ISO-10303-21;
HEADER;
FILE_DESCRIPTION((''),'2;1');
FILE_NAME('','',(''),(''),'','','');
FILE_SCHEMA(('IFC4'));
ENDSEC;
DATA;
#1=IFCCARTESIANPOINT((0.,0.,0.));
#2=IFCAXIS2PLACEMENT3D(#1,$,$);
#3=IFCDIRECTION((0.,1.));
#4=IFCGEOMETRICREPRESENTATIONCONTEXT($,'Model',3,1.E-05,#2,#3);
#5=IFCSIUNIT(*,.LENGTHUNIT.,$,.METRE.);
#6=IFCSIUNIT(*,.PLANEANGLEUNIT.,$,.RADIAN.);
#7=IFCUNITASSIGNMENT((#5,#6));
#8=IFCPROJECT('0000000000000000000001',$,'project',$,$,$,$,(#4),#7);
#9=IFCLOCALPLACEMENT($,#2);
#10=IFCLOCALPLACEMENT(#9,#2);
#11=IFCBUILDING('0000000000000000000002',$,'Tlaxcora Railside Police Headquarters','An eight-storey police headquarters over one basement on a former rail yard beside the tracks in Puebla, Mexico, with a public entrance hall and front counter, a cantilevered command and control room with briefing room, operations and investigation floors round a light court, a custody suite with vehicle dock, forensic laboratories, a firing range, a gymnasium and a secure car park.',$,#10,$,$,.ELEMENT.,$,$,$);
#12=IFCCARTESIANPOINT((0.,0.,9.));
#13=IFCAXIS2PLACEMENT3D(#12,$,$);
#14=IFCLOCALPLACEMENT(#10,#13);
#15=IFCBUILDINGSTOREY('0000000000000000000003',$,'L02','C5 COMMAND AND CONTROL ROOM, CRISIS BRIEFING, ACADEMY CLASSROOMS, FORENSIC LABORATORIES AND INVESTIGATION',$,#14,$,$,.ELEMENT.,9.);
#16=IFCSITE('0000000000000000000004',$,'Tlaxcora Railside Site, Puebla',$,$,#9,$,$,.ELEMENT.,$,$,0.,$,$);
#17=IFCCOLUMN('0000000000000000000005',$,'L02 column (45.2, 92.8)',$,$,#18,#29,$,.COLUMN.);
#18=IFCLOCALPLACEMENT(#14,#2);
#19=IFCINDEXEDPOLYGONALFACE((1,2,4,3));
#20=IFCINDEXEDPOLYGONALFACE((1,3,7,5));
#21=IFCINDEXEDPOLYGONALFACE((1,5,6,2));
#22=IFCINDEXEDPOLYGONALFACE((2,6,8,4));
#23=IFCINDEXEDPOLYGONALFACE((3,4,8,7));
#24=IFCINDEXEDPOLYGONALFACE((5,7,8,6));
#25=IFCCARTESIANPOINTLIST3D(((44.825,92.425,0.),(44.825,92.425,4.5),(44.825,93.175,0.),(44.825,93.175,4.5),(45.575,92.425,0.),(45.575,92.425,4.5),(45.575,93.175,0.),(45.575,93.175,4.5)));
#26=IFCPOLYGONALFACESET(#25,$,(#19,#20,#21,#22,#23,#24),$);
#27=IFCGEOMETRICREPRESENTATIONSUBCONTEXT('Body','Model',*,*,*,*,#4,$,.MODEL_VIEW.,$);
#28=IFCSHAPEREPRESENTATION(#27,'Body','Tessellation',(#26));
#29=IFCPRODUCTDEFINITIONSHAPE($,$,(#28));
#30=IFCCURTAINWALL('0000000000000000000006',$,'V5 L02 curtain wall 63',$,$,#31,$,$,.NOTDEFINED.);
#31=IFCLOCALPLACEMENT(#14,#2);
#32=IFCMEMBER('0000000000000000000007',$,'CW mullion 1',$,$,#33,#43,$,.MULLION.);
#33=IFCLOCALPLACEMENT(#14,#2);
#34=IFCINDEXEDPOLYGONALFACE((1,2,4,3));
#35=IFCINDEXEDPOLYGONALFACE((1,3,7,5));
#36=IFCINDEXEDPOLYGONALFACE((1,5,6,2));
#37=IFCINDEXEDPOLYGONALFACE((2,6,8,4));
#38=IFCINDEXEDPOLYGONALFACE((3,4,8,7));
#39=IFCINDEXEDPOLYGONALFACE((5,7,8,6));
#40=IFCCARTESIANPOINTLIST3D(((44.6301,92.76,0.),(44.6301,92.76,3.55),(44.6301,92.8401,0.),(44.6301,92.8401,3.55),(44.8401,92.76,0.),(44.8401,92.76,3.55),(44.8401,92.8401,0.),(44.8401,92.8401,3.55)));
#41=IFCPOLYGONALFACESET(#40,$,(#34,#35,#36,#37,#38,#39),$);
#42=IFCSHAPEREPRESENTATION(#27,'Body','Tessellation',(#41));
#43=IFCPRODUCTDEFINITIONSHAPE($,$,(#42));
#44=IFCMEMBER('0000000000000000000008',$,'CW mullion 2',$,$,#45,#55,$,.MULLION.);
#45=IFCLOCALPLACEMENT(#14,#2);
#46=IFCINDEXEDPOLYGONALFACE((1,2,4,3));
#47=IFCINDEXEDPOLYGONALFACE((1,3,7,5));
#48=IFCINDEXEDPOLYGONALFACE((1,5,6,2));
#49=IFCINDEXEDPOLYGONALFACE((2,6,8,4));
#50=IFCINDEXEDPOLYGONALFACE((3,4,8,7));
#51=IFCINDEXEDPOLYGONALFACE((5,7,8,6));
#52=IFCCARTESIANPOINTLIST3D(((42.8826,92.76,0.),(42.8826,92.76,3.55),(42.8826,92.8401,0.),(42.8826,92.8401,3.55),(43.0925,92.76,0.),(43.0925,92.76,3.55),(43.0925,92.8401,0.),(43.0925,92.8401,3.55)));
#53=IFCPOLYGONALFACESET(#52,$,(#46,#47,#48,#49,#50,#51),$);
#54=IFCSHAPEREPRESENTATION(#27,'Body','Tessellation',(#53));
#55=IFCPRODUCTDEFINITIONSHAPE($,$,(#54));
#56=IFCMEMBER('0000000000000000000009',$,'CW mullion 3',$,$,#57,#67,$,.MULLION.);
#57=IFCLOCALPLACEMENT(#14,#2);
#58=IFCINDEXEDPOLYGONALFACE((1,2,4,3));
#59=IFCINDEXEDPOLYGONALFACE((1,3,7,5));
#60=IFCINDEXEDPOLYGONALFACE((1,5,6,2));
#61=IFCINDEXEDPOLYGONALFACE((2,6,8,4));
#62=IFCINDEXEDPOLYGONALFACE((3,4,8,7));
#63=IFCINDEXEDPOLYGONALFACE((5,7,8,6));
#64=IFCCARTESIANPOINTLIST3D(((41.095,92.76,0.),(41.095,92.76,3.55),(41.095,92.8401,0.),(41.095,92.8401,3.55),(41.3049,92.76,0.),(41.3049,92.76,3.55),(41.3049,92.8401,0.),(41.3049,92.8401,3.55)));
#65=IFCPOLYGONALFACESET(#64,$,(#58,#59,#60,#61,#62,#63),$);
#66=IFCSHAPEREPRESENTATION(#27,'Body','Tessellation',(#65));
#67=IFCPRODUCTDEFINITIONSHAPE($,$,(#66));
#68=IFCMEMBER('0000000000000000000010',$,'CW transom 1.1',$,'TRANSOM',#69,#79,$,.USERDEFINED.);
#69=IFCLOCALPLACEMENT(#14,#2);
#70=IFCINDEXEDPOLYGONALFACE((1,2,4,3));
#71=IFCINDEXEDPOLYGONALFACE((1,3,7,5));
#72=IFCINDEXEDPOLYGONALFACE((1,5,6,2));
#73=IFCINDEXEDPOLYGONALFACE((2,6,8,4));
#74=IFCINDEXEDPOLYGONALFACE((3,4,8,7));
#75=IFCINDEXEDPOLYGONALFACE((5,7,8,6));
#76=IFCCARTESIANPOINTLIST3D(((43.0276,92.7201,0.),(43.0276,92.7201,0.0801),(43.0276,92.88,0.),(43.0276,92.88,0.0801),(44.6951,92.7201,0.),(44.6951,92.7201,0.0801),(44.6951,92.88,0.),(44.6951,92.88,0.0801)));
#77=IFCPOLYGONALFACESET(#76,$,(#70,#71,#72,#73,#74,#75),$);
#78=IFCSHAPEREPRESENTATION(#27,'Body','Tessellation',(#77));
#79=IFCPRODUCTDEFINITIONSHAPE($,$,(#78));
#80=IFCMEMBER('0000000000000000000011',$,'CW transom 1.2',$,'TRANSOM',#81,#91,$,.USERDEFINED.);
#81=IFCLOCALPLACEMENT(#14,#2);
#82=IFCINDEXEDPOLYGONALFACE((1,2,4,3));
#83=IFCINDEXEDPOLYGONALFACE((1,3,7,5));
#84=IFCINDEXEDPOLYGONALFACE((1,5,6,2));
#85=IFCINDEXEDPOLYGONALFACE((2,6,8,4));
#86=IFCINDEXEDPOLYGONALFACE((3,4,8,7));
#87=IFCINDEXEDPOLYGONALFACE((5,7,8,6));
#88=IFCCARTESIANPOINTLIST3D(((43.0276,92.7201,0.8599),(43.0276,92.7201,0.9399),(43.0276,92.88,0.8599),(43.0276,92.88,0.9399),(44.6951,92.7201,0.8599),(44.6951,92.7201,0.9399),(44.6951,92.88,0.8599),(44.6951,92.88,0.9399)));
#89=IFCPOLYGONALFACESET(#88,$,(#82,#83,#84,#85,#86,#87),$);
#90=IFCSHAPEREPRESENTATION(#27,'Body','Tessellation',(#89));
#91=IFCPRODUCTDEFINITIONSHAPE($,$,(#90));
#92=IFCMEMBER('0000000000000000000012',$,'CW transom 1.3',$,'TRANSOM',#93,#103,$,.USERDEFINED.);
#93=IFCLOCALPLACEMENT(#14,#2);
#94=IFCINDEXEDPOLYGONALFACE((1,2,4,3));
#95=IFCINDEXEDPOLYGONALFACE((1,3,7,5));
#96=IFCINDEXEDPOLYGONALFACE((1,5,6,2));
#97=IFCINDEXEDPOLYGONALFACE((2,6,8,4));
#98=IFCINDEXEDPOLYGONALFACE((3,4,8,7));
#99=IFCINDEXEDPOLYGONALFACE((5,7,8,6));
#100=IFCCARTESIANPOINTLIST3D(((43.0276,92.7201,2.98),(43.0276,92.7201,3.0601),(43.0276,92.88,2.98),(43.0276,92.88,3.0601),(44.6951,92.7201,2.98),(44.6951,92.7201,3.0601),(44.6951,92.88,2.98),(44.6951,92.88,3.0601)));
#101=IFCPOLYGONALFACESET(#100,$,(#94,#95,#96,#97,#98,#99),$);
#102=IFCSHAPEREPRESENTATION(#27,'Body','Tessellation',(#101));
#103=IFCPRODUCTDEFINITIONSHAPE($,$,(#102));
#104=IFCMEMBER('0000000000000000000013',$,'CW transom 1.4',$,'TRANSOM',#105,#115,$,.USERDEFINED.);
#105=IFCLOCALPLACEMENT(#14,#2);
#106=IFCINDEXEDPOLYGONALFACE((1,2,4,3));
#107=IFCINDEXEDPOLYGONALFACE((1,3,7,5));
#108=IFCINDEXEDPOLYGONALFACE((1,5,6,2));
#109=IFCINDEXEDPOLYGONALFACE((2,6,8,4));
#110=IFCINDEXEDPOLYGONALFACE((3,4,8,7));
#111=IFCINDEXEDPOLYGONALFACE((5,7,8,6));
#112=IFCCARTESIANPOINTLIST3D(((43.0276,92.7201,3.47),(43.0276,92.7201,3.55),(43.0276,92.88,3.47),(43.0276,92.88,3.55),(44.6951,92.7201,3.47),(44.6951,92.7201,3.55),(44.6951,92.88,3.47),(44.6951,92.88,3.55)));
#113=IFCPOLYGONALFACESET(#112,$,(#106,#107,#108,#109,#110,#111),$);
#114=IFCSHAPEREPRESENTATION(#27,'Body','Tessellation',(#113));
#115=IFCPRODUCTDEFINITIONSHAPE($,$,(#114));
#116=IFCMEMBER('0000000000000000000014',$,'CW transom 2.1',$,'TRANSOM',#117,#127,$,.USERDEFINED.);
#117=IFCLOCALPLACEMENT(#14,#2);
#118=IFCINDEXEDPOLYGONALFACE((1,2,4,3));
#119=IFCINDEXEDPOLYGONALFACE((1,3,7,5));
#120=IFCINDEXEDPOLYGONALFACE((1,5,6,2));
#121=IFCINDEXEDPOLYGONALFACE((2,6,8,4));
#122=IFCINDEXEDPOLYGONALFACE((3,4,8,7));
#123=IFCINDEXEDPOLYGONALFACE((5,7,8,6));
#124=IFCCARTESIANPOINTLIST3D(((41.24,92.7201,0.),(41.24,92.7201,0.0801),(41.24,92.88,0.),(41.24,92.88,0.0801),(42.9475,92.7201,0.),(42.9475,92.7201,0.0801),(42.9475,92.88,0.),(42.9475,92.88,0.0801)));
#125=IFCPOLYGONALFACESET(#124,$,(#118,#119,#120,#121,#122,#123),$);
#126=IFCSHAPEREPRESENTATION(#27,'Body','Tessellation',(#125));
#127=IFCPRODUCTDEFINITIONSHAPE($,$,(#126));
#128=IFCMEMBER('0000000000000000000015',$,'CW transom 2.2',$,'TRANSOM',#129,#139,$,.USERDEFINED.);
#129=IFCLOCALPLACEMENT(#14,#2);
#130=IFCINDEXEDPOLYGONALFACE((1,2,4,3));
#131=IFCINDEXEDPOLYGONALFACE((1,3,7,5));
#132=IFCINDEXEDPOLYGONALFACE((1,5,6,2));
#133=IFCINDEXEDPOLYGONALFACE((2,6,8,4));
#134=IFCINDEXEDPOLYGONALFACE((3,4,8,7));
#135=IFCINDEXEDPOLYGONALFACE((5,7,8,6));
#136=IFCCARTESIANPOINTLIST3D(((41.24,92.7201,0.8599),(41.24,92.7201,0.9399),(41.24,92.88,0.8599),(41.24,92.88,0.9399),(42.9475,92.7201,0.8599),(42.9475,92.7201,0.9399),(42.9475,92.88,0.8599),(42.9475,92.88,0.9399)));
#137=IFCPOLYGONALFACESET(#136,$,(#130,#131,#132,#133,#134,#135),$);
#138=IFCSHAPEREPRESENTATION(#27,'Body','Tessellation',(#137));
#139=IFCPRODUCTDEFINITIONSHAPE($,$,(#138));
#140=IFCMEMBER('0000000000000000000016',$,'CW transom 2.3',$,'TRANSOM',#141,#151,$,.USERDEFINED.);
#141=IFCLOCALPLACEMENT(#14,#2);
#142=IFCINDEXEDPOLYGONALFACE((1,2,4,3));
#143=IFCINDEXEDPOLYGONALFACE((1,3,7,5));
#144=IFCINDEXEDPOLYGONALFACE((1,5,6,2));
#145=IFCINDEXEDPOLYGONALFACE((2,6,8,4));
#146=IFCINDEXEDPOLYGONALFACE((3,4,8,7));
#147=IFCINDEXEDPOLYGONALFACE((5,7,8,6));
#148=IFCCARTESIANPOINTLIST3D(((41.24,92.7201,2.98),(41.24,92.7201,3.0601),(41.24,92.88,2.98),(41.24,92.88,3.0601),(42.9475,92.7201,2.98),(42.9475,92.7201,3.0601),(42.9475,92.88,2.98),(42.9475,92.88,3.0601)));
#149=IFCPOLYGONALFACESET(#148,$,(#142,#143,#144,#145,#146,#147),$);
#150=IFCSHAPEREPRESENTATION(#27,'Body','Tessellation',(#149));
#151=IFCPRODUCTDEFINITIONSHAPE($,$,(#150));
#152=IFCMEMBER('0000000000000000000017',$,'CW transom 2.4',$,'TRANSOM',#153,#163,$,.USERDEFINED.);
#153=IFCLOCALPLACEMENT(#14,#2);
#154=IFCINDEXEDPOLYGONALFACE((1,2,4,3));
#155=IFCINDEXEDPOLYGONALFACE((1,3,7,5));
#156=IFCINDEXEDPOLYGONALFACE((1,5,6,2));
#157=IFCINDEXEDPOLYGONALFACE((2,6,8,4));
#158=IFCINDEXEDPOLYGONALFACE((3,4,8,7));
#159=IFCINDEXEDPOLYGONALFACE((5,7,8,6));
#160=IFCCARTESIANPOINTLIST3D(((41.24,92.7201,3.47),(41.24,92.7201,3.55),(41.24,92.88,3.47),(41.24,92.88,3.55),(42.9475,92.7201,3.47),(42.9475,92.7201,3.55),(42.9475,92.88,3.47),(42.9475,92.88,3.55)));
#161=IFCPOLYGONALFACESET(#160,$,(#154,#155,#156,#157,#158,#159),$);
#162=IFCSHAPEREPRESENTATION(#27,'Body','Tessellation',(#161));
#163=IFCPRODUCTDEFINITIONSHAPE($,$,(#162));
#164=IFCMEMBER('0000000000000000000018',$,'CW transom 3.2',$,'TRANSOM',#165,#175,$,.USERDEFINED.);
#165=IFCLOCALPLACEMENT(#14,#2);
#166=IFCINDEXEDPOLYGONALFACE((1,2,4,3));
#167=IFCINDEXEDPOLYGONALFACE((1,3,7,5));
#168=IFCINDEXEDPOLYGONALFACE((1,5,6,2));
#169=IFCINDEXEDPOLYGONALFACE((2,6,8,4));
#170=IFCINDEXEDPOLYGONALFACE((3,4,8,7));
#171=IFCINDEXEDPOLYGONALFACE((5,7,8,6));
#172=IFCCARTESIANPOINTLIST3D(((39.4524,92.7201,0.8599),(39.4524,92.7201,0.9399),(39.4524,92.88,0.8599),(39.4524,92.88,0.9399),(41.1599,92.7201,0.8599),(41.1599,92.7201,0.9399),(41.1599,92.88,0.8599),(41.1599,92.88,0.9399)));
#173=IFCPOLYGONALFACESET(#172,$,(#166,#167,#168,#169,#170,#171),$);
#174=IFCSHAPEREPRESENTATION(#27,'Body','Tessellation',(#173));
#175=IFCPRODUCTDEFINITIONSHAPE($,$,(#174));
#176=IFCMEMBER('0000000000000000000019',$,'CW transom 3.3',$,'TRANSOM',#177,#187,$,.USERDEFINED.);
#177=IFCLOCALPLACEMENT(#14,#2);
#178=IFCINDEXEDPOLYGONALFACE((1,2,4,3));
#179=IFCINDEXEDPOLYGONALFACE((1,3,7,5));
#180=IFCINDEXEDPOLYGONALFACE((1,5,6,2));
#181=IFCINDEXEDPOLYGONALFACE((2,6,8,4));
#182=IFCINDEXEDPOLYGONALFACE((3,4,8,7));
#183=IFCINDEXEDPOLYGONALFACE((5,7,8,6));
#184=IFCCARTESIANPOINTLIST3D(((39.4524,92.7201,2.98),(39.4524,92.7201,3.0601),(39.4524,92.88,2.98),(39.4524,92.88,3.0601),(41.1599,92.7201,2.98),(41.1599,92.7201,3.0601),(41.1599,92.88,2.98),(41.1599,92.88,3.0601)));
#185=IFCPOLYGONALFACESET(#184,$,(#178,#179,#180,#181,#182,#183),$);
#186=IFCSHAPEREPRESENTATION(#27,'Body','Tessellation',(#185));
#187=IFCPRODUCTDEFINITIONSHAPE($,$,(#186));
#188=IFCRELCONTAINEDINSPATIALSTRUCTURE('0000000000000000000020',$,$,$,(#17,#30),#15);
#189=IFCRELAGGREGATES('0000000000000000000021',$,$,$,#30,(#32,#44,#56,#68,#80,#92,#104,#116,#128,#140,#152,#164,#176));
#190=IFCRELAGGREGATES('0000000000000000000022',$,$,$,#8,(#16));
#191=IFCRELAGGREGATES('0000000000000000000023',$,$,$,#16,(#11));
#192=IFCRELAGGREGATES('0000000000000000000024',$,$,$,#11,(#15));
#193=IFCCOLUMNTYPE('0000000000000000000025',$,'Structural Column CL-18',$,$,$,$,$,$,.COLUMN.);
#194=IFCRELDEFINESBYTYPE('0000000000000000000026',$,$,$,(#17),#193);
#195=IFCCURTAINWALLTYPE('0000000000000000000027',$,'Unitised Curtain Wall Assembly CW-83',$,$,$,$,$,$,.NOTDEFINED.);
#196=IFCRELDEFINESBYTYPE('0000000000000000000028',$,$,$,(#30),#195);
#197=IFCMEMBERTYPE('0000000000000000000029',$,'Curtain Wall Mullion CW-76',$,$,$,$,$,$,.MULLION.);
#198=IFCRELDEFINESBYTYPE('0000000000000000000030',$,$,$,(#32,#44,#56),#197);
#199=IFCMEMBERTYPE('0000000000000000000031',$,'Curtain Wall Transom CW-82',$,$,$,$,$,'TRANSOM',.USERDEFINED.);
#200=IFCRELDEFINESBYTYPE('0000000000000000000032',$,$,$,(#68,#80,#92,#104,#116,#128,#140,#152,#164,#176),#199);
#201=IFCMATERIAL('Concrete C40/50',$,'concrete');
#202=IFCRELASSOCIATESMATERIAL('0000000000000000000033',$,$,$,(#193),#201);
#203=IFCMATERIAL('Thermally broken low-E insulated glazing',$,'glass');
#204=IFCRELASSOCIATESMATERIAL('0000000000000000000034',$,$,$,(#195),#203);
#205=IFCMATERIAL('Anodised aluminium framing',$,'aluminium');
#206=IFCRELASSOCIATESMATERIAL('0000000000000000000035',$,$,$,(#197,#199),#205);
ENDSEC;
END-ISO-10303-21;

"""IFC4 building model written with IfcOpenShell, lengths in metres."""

from ifc_helpers import new_model, si_unit, direction, frame, origin, origin_2d, place, context, subcontext, project, spatial, rectangle, extrude, material, material_profile, profile_set, type_object, element, aggregate, save


model = new_model("IFC4")

# Units and contexts
model_context = context("Model", 3, precision=1e-05, world=origin(), true_north=direction((0.0, 1.0)))
body_context = subcontext(model_context, "Body", "Model", "MODEL_VIEW")
ifc_project = project(units=[si_unit("LENGTHUNIT", "METRE"), si_unit("PLANEANGLEUNIT", "RADIAN")], contexts=[model_context])

# Site, building, storey
site_placement = place(None, origin())
site = spatial("IfcSite", under=ifc_project, at=site_placement, Name="Tlaxcora Railside Site, Puebla", CompositionType="ELEMENT", RefElevation=0.0)
building_placement = place(site_placement, origin())
building = spatial("IfcBuilding", under=site, at=building_placement, Name="Tlaxcora Railside Police Headquarters", Description="An eight-storey police headquarters over one basement on a former rail yard beside the tracks in Puebla, Mexico, with a public entrance hall and front counter, a cantilevered command and control room with briefing room, operations and investigation floors round a light court, a custody suite with vehicle dock, forensic laboratories, a firing range, a gymnasium and a secure car park.", CompositionType="ELEMENT")
storey_placement = place(building_placement, frame((0.0, 0.0, 9.0)))
storey = spatial("IfcBuildingStorey", under=building, at=storey_placement, Name="L02", Description="C5 COMMAND AND CONTROL ROOM, CRISIS BRIEFING, ACADEMY CLASSROOMS, FORENSIC LABORATORIES AND INVESTIGATION", CompositionType="ELEMENT", Elevation=9.0)

# Column
ifc_material_1 = material(Name="Concrete C40/50", Category="concrete")
ifc_material_profile_1 = material_profile(ifc_material_1, rectangle(XDim=0.75, YDim=0.75, at=origin_2d()), Name="RC750X750")
ifc_profile_set_1 = profile_set([ifc_material_profile_1], Name="Concrete C40/50")
column_type = type_object("IfcColumnType", Name="Structural Column CL-18", PredefinedType="COLUMN", material=ifc_profile_set_1)
column_placement = place(storey_placement, frame((45.2, 92.8, 0.0), z_axis=(0.0, 0.0, 1.0), x_axis=(1.0, 0.0, 0.0)))
element("IfcColumn", 1, at=column_placement, inside=storey, type_object=column_type, Name="L02 column (45.2, 92.8)", PredefinedType="COLUMN", context=body_context, shape_type="SweptSolid", body=[
    extrude(rectangle(XDim=0.75, YDim=0.75, at=origin_2d()), origin(), (0.0, 0.0, 1.0), 4.5),
])

# Curtain wall, members
ifc_material_2 = material(Name="Thermally broken low-E insulated glazing", Category="glass")
curtain_wall_type = type_object("IfcCurtainWallType", Name="Unitised Curtain Wall Assembly CW-83", PredefinedType="NOTDEFINED", material=ifc_material_2)
curtain_wall_placement = place(storey_placement, origin())
curtain_wall = element("IfcCurtainWall", 2, at=curtain_wall_placement, inside=storey, type_object=curtain_wall_type, Name="V5 L02 curtain wall 63", PredefinedType="NOTDEFINED")
ifc_material_3 = material(Name="Anodised aluminium framing", Category="aluminium")
ifc_material_profile_2 = material_profile(ifc_material_3, rectangle(XDim=0.0801, YDim=0.21, at=origin_2d()), Name="AL80X210")
ifc_profile_set_2 = profile_set([ifc_material_profile_2], Name="Anodised aluminium framing")
member_type_1 = type_object("IfcMemberType", Name="Curtain Wall Mullion CW-76", PredefinedType="MULLION", material=ifc_profile_set_2)
member_1_placement = place(storey_placement, frame((44.7351, 92.8, 0.0), z_axis=(0.0, 0.0, 1.0), x_axis=(0.0, -1.0, 0.0)))
member_1 = element("IfcMember", 3, at=member_1_placement, type_object=member_type_1, Name="CW mullion 1", PredefinedType="MULLION", context=body_context, shape_type="SweptSolid", body=[
    extrude(rectangle(XDim=0.0801, YDim=0.21, at=origin_2d()), origin(), (0.0, 0.0, 1.0), 3.55),
])
member_2_placement = place(storey_placement, frame((42.9875, 92.8, 0.0), z_axis=(0.0, 0.0, 1.0), x_axis=(0.0, -1.0, 0.0)))
member_2 = element("IfcMember", 4, at=member_2_placement, type_object=member_type_1, Name="CW mullion 2", PredefinedType="MULLION", context=body_context, shape_type="SweptSolid", body=[
    extrude(rectangle(XDim=0.0801, YDim=0.21, at=origin_2d()), origin(), (0.0, 0.0, 1.0), 3.55),
])
member_3_placement = place(storey_placement, frame((41.2, 92.8, 0.0), z_axis=(0.0, 0.0, 1.0), x_axis=(0.0, -1.0, 0.0)))
member_3 = element("IfcMember", 5, at=member_3_placement, type_object=member_type_1, Name="CW mullion 3", PredefinedType="MULLION", context=body_context, shape_type="SweptSolid", body=[
    extrude(rectangle(XDim=0.0801, YDim=0.21, at=origin_2d()), origin(), (0.0, 0.0, 1.0), 3.55),
])
ifc_material_profile_3 = material_profile(ifc_material_3, rectangle(XDim=0.1599, YDim=0.0801, at=origin_2d()), Name="AL80X160")
ifc_profile_set_3 = profile_set([ifc_material_profile_3], Name="Anodised aluminium framing")
member_type_2 = type_object("IfcMemberType", Name="Curtain Wall Transom CW-82", ElementType="TRANSOM", PredefinedType="USERDEFINED", material=ifc_profile_set_3)
member_4_placement = place(storey_placement, frame((44.6951, 92.8, 0.04), z_axis=(-1.0, 0.0, 0.0), x_axis=(0.0, -1.0, 0.0)))
member_4 = element("IfcMember", 6, at=member_4_placement, type_object=member_type_2, Name="CW transom 1.1", ObjectType="TRANSOM", PredefinedType="USERDEFINED", context=body_context, shape_type="SweptSolid", body=[
    extrude(rectangle(XDim=0.1599, YDim=0.0801, at=origin_2d()), origin(), (0.0, 0.0, 1.0), 1.6675),
])
member_5_placement = place(storey_placement, frame((44.6951, 92.8, 0.8999), z_axis=(-1.0, 0.0, 0.0), x_axis=(0.0, -1.0, 0.0)))
member_5 = element("IfcMember", 7, at=member_5_placement, type_object=member_type_2, Name="CW transom 1.2", ObjectType="TRANSOM", PredefinedType="USERDEFINED", context=body_context, shape_type="SweptSolid", body=[
    extrude(rectangle(XDim=0.1599, YDim=0.0801, at=origin_2d()), origin(), (0.0, 0.0, 1.0), 1.6675),
])
member_6_placement = place(storey_placement, frame((44.6951, 92.8, 3.02), z_axis=(-1.0, 0.0, 0.0), x_axis=(0.0, -1.0, 0.0)))
member_6 = element("IfcMember", 8, at=member_6_placement, type_object=member_type_2, Name="CW transom 1.3", ObjectType="TRANSOM", PredefinedType="USERDEFINED", context=body_context, shape_type="SweptSolid", body=[
    extrude(rectangle(XDim=0.1599, YDim=0.0801, at=origin_2d()), origin(), (0.0, 0.0, 1.0), 1.6675),
])
member_7_placement = place(storey_placement, frame((44.6951, 92.8, 3.51), z_axis=(-1.0, 0.0, 0.0), x_axis=(0.0, -1.0, 0.0)))
member_7 = element("IfcMember", 9, at=member_7_placement, type_object=member_type_2, Name="CW transom 1.4", ObjectType="TRANSOM", PredefinedType="USERDEFINED", context=body_context, shape_type="SweptSolid", body=[
    extrude(rectangle(XDim=0.1599, YDim=0.0801, at=origin_2d()), origin(), (0.0, 0.0, 1.0), 1.6675),
])
member_8_placement = place(storey_placement, frame((42.9475, 92.8, 0.04), z_axis=(-1.0, 0.0, 0.0), x_axis=(0.0, -1.0, 0.0)))
member_8 = element("IfcMember", 10, at=member_8_placement, type_object=member_type_2, Name="CW transom 2.1", ObjectType="TRANSOM", PredefinedType="USERDEFINED", context=body_context, shape_type="SweptSolid", body=[
    extrude(rectangle(XDim=0.1599, YDim=0.0801, at=origin_2d()), origin(), (0.0, 0.0, 1.0), 1.7075),
])
member_9_placement = place(storey_placement, frame((42.9475, 92.8, 0.8999), z_axis=(-1.0, 0.0, 0.0), x_axis=(0.0, -1.0, 0.0)))
member_9 = element("IfcMember", 11, at=member_9_placement, type_object=member_type_2, Name="CW transom 2.2", ObjectType="TRANSOM", PredefinedType="USERDEFINED", context=body_context, shape_type="SweptSolid", body=[
    extrude(rectangle(XDim=0.1599, YDim=0.0801, at=origin_2d()), origin(), (0.0, 0.0, 1.0), 1.7075),
])
member_10_placement = place(storey_placement, frame((42.9475, 92.8, 3.02), z_axis=(-1.0, 0.0, 0.0), x_axis=(0.0, -1.0, 0.0)))
member_10 = element("IfcMember", 12, at=member_10_placement, type_object=member_type_2, Name="CW transom 2.3", ObjectType="TRANSOM", PredefinedType="USERDEFINED", context=body_context, shape_type="SweptSolid", body=[
    extrude(rectangle(XDim=0.1599, YDim=0.0801, at=origin_2d()), origin(), (0.0, 0.0, 1.0), 1.7075),
])
member_11_placement = place(storey_placement, frame((42.9475, 92.8, 3.51), z_axis=(-1.0, 0.0, 0.0), x_axis=(0.0, -1.0, 0.0)))
member_11 = element("IfcMember", 13, at=member_11_placement, type_object=member_type_2, Name="CW transom 2.4", ObjectType="TRANSOM", PredefinedType="USERDEFINED", context=body_context, shape_type="SweptSolid", body=[
    extrude(rectangle(XDim=0.1599, YDim=0.0801, at=origin_2d()), origin(), (0.0, 0.0, 1.0), 1.7075),
])
member_12_placement = place(storey_placement, frame((41.1599, 92.8, 0.8999), z_axis=(-1.0, 0.0, 0.0), x_axis=(0.0, -1.0, 0.0)))
member_12 = element("IfcMember", 14, at=member_12_placement, type_object=member_type_2, Name="CW transom 3.2", ObjectType="TRANSOM", PredefinedType="USERDEFINED", context=body_context, shape_type="SweptSolid", body=[
    extrude(rectangle(XDim=0.1599, YDim=0.0801, at=origin_2d()), origin(), (0.0, 0.0, 1.0), 1.7075),
])
member_13_placement = place(storey_placement, frame((41.1599, 92.8, 3.02), z_axis=(-1.0, 0.0, 0.0), x_axis=(0.0, -1.0, 0.0)))
member_13 = element("IfcMember", 15, at=member_13_placement, type_object=member_type_2, Name="CW transom 3.3", ObjectType="TRANSOM", PredefinedType="USERDEFINED", context=body_context, shape_type="SweptSolid", body=[
    extrude(rectangle(XDim=0.1599, YDim=0.0801, at=origin_2d()), origin(), (0.0, 0.0, 1.0), 1.7075),
])

aggregate(curtain_wall, [member_1, member_2, member_3, member_4, member_5, member_6, member_7, member_8, member_9, member_10, member_11, member_12, member_13])

save(model, "model.ifc")
